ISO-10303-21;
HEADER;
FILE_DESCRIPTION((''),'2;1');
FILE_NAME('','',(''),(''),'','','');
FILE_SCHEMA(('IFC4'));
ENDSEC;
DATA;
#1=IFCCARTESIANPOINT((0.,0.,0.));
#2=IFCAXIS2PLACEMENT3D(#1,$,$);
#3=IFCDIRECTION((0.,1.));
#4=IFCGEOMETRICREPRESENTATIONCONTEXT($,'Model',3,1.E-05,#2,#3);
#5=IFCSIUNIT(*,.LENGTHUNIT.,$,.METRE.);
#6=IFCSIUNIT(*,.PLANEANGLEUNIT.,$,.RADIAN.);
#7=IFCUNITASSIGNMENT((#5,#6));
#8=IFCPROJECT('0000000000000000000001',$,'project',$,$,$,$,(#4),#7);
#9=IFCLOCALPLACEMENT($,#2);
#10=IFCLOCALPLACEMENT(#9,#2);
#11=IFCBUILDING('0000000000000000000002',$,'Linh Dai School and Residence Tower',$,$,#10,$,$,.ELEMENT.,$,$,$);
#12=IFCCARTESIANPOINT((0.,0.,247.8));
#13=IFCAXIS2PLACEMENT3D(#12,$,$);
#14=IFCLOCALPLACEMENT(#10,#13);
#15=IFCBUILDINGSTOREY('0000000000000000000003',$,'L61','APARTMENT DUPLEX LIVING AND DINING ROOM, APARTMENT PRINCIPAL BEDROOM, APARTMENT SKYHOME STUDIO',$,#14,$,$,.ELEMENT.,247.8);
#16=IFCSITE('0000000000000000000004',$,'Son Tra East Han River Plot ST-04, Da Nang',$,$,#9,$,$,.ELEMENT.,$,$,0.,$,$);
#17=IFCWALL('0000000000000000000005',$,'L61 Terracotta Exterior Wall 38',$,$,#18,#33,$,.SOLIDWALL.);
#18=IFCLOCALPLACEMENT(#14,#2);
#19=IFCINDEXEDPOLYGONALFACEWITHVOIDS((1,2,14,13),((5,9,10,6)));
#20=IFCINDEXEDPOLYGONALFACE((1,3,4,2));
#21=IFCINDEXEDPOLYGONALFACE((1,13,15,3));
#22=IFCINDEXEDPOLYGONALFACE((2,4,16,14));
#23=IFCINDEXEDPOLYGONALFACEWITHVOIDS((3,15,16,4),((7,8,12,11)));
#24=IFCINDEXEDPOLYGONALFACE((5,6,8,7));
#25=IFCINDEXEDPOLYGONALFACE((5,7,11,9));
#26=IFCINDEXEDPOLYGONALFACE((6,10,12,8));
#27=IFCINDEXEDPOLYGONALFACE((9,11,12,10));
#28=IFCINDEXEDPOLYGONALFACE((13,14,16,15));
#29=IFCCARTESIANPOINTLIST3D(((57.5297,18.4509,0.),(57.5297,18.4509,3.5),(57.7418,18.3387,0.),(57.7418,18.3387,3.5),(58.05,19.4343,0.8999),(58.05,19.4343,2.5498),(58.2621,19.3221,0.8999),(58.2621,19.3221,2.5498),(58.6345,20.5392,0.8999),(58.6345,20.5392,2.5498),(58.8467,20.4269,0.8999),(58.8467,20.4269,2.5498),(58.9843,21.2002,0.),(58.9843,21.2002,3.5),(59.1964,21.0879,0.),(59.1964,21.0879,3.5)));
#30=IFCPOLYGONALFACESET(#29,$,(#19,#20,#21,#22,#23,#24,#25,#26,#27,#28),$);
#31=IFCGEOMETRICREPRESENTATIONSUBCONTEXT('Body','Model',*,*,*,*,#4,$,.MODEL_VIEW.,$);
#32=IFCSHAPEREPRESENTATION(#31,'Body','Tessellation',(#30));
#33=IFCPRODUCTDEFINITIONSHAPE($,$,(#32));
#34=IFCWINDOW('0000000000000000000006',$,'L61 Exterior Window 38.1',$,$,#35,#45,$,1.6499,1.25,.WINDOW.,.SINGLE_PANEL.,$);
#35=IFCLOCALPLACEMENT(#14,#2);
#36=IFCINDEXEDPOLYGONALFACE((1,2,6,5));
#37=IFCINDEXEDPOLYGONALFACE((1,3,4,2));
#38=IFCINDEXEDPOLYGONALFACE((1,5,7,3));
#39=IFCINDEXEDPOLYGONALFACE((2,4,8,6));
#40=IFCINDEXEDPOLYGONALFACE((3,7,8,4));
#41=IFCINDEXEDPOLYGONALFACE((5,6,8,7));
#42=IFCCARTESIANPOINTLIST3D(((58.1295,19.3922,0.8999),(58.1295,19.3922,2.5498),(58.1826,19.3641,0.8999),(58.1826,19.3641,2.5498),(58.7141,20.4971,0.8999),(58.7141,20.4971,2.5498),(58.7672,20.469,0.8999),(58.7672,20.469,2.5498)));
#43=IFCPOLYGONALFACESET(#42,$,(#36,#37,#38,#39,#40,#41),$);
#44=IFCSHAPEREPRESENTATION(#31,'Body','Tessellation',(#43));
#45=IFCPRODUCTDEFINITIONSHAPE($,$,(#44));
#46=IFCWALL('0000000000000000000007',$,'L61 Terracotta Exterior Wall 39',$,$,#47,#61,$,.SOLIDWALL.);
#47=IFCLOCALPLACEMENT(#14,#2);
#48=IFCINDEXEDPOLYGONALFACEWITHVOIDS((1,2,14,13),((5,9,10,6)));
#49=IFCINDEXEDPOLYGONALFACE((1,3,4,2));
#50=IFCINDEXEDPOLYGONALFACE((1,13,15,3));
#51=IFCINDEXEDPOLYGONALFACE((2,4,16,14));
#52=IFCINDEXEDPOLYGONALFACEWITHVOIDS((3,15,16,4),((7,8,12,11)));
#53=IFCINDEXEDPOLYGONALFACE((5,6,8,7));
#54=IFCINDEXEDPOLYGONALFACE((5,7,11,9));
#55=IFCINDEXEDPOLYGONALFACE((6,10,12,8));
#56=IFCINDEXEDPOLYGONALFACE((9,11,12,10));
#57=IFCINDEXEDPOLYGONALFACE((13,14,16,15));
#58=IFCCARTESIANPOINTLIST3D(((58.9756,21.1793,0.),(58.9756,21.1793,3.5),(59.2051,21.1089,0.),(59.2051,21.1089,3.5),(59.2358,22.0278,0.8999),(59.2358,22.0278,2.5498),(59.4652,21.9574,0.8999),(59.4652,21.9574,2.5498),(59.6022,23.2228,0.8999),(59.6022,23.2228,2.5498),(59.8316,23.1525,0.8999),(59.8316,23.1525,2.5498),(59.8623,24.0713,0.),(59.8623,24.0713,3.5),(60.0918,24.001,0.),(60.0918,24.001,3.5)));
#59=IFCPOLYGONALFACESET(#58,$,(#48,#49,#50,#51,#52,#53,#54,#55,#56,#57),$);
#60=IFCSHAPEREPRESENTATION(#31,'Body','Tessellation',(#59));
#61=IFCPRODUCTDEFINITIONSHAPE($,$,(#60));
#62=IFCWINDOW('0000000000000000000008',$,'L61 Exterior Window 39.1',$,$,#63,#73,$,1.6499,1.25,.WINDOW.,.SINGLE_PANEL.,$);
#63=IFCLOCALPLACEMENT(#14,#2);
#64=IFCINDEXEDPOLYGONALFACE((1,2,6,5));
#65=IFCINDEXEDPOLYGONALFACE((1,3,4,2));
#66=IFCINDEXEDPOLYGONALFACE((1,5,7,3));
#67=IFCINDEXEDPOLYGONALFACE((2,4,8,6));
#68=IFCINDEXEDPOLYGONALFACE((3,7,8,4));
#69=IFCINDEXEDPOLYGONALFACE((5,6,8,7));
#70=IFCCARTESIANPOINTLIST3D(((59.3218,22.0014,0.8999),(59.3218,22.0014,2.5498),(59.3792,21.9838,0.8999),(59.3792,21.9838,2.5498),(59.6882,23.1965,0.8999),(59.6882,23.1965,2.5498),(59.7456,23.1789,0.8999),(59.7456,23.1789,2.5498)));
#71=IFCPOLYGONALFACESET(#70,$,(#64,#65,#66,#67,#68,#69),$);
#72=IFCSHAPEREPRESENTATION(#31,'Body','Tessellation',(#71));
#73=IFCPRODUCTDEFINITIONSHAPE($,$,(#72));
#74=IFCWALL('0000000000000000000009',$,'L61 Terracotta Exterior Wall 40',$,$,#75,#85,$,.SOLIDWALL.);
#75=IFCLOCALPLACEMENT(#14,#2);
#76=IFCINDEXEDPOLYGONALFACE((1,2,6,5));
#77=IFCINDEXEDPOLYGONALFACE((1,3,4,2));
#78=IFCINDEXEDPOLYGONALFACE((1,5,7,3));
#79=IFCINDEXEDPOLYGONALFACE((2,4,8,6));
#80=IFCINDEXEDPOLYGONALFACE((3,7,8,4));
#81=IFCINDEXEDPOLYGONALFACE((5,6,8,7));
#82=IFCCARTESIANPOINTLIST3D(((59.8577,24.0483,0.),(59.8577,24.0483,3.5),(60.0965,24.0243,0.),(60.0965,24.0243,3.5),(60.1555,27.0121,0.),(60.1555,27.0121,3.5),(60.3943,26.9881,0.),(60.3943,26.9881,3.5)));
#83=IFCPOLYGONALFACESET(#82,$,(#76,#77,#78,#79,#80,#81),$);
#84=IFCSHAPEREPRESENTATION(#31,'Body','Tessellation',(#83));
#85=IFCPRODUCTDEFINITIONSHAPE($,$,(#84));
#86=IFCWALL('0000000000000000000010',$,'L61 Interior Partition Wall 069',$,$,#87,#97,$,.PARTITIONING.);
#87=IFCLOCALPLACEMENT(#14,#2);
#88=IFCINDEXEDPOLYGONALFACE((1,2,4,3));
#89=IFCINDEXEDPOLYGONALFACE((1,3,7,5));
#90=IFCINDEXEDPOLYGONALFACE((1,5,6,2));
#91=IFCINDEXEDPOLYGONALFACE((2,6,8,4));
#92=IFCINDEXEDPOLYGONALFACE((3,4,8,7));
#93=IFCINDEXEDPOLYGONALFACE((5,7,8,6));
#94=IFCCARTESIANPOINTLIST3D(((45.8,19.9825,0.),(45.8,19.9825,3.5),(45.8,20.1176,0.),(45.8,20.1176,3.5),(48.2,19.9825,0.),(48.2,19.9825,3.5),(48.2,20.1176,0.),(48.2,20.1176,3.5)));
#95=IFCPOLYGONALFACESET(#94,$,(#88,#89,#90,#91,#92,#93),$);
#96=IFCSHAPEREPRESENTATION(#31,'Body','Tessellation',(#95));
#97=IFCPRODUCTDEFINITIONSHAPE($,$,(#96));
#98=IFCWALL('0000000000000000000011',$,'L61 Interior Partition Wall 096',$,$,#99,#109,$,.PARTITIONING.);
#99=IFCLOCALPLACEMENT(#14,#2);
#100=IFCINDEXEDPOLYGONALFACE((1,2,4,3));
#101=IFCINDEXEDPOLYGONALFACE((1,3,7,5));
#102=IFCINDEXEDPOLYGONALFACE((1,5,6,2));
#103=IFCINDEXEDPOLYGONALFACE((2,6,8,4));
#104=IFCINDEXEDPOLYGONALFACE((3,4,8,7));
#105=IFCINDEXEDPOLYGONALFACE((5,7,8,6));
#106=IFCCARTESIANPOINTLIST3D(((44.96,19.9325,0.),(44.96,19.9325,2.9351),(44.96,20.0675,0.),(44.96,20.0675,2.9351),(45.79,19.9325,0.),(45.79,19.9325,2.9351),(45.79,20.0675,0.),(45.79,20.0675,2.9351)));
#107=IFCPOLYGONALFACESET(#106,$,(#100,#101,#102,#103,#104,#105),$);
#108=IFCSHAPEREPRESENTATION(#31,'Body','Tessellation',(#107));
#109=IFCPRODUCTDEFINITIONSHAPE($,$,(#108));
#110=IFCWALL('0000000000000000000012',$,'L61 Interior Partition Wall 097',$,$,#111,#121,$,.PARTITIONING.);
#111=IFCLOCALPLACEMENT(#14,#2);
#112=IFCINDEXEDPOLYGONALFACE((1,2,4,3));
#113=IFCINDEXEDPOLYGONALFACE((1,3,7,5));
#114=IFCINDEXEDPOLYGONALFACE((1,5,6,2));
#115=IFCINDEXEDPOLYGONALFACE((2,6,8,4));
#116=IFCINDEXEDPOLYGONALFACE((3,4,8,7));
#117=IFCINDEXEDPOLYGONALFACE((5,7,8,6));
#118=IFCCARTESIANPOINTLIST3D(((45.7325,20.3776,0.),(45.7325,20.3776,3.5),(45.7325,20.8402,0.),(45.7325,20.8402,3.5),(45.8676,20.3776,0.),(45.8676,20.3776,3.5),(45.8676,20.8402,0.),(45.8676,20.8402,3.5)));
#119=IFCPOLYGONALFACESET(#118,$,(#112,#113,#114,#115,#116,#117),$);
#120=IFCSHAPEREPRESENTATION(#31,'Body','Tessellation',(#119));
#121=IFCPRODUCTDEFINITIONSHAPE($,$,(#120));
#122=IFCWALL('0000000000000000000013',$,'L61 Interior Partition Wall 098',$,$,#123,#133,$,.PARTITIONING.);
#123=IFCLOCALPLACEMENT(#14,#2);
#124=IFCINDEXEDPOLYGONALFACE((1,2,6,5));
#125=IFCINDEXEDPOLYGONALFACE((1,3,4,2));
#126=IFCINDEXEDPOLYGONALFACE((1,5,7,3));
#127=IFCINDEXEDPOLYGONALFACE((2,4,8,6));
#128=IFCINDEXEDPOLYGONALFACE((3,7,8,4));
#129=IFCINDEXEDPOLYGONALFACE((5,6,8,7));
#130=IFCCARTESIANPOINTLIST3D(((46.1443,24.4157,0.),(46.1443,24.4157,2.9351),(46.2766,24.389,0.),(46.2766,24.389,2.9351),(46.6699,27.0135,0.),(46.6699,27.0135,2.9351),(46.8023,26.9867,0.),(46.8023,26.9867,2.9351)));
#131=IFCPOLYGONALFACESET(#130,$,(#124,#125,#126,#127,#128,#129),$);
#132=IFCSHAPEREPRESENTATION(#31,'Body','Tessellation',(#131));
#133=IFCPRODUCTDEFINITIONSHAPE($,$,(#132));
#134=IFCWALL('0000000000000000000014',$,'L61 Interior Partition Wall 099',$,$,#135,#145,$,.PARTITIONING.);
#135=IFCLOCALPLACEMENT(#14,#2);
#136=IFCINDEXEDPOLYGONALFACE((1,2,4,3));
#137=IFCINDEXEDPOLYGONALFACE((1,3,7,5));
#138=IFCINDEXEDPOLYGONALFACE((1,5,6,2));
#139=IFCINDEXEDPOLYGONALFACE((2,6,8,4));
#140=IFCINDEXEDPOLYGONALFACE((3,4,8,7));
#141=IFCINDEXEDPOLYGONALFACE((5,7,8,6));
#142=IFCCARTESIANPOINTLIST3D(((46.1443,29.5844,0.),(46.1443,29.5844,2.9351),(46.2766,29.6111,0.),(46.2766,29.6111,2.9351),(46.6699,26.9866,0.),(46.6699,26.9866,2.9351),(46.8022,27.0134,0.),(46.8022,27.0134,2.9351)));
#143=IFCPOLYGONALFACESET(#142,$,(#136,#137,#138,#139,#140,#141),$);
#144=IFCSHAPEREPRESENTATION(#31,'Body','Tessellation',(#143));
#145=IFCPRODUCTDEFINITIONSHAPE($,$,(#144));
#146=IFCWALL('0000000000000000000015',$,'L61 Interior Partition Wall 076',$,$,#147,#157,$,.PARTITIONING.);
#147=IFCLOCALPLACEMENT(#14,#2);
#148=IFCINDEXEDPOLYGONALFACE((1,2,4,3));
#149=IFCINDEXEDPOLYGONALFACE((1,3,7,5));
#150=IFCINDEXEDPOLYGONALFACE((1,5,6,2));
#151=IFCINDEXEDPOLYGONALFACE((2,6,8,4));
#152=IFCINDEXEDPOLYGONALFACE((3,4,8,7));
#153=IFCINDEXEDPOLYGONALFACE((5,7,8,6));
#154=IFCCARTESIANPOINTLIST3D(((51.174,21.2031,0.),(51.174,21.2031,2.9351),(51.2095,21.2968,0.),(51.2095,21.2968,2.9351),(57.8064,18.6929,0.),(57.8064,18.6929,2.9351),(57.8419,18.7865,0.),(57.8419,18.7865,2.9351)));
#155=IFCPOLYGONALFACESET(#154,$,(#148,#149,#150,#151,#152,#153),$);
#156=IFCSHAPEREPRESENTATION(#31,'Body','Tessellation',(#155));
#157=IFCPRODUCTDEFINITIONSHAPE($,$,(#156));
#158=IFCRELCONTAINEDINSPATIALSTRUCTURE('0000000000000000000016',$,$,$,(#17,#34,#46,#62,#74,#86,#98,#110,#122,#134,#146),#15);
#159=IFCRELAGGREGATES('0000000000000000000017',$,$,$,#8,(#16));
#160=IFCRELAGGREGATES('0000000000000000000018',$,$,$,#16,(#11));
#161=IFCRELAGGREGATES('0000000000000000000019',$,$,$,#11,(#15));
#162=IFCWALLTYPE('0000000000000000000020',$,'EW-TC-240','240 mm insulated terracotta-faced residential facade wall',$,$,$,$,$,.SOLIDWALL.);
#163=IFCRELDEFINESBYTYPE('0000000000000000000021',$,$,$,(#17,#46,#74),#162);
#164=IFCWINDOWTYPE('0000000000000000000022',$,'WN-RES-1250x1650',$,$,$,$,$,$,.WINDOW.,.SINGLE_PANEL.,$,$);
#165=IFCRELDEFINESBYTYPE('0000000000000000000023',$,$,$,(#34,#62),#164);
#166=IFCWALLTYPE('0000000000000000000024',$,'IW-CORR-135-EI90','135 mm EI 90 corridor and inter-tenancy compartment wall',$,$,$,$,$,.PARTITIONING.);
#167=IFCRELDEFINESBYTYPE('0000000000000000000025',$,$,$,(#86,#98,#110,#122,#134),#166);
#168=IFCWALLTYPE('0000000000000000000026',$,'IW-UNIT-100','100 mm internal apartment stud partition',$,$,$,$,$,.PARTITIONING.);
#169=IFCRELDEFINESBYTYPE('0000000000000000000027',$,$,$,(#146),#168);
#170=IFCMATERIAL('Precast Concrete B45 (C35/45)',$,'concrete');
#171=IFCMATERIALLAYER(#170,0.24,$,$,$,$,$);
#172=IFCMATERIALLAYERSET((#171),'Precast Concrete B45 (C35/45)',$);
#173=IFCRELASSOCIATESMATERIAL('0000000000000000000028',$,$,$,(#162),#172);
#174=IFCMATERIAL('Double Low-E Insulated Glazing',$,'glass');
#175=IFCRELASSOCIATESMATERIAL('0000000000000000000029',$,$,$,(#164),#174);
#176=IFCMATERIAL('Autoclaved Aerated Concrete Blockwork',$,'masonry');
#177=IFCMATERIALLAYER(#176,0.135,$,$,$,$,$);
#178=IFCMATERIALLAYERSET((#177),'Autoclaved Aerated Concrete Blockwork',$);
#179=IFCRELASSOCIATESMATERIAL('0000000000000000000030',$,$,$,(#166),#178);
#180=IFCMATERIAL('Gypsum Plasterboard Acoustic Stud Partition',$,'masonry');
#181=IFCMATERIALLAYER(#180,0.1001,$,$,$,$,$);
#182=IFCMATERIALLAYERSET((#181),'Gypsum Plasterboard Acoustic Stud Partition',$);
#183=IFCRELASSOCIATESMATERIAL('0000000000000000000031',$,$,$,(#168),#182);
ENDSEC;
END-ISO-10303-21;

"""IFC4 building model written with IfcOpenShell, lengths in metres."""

from ifc_helpers import new_model, si_unit, direction, frame, frame_2d, origin, origin_2d, place, context, subcontext, project, spatial, rectangle, extrude, source, transform, mapped, material, layer, layer_set, type_object, element, fill, save


model = new_model("IFC4")

# Units and contexts
model_context = context("Model", 3, precision=1e-05, world=origin(), true_north=direction((0.0, 1.0)))
body_context = subcontext(model_context, "Body", "Model", "MODEL_VIEW")
ifc_project = project(units=[si_unit("LENGTHUNIT", "METRE"), si_unit("PLANEANGLEUNIT", "RADIAN")], contexts=[model_context])

# Site, building, storey
site_placement = place(None, origin())
site = spatial("IfcSite", under=ifc_project, at=site_placement, Name="Son Tra East Han River Plot ST-04, Da Nang", CompositionType="ELEMENT", RefElevation=0.0)
building_placement = place(site_placement, origin())
building = spatial("IfcBuilding", under=site, at=building_placement, Name="Linh Dai School and Residence Tower", CompositionType="ELEMENT")
storey_placement = place(building_placement, frame((0.0, 0.0, 247.8)))
storey = spatial("IfcBuildingStorey", under=building, at=storey_placement, Name="L61", Description="APARTMENT DUPLEX LIVING AND DINING ROOM, APARTMENT PRINCIPAL BEDROOM, APARTMENT SKYHOME STUDIO", CompositionType="ELEMENT", Elevation=247.8)

# Walls, openings, windows
ifc_material_1 = material(Name="Precast Concrete B45 (C35/45)", Category="concrete")
ifc_layer_1 = layer(ifc_material_1, 0.24)
ifc_layer_set_1 = layer_set([ifc_layer_1], Name="Precast Concrete B45 (C35/45)")
wall_type_1 = type_object("IfcWallType", Name="EW-TC-240", Description="240 mm insulated terracotta-faced residential facade wall", PredefinedType="SOLIDWALL", material=ifc_layer_set_1)
wall_1_placement = place(storey_placement, frame((59.0903, 21.144, 0.0), z_axis=(0.0, 0.0, 1.0), x_axis=(-0.46766, -0.883908, 0.0)))
wall_1 = element("IfcWall", 1, at=wall_1_placement, inside=storey, type_object=wall_type_1, Name="L61 Terracotta Exterior Wall 38", PredefinedType="SOLIDWALL", context=body_context, shape_type="SweptSolid", body=[
    extrude(rectangle(XDim=3.1104, YDim=0.24, at=frame_2d((1.5552, 0.0))), origin(), (0.0, 0.0, 1.0), 3.5),
])
opening_1_placement = place(wall_1_placement, frame((0.7478, 0.0, 0.8999)))
opening_1 = element("IfcOpeningElement", 2, at=opening_1_placement, cuts=wall_1, PredefinedType="OPENING", context=body_context, shape_type="SweptSolid", body=[
    extrude(rectangle(XDim=1.25, YDim=1.6499, at=origin_2d()), frame((0.625, 0.1299, 0.825), z_axis=(0.0, -1.0, 0.0), x_axis=(1.0, 0.0, 0.0)), (0.0, 0.0, 1.0), 0.26),
])
ifc_material_2 = material(Name="Double Low-E Insulated Glazing", Category="glass")
window_type = type_object("IfcWindowType", Name="WN-RES-1250x1650", PartitioningType="SINGLE_PANEL", PredefinedType="WINDOW", material=ifc_material_2)
shared_shape_1 = source(origin(), body_context, "Body", "SweptSolid", [
    extrude(rectangle(XDim=1.25, YDim=1.6499, at=origin_2d()), frame((0.625, 0.03, 0.825), z_axis=(0.0, -1.0, 0.0), x_axis=(1.0, 0.0, 0.0)), (0.0, 0.0, 1.0), 0.0601),
])
window_1_placement = place(opening_1_placement, origin())
window_1 = element("IfcWindow", 3, at=window_1_placement, inside=storey, type_object=window_type, Name="L61 Exterior Window 38.1", OverallHeight=1.6499, OverallWidth=1.25, PartitioningType="SINGLE_PANEL", PredefinedType="WINDOW", context=body_context, shape_type="MappedRepresentation", body=[
    mapped(shared_shape_1, transform((0.0, 0.0, 0.0), x_axis=(1.0, 0.0, 0.0), y_axis=(0.0, 1.0, 0.0), z_axis=(0.0, 0.0, 1.0), scale=1.0)),
])
fill(opening_1, window_1)
wall_2_placement = place(storey_placement, frame((59.9771, 24.0361, 0.0), z_axis=(0.0, 0.0, 1.0), x_axis=(-0.293133, -0.956072, 0.0)))
wall_2 = element("IfcWall", 4, at=wall_2_placement, inside=storey, type_object=wall_type_1, Name="L61 Terracotta Exterior Wall 39", PredefinedType="SOLIDWALL", context=body_context, shape_type="SweptSolid", body=[
    extrude(rectangle(XDim=3.0249, YDim=0.24, at=frame_2d((1.5125, 0.0))), origin(), (0.0, 0.0, 1.0), 3.5),
])
opening_2_placement = place(wall_2_placement, frame((0.8875, 0.0, 0.8999)))
opening_2 = element("IfcOpeningElement", 5, at=opening_2_placement, cuts=wall_2, PredefinedType="OPENING", context=body_context, shape_type="SweptSolid", body=[
    extrude(rectangle(XDim=1.25, YDim=1.6499, at=origin_2d()), frame((0.625, 0.1299, 0.825), z_axis=(0.0, -1.0, 0.0), x_axis=(1.0, 0.0, 0.0)), (0.0, 0.0, 1.0), 0.26),
])
window_2_placement = place(opening_2_placement, origin())
window_2 = element("IfcWindow", 6, at=window_2_placement, inside=storey, type_object=window_type, Name="L61 Exterior Window 39.1", OverallHeight=1.6499, OverallWidth=1.25, PartitioningType="SINGLE_PANEL", PredefinedType="WINDOW", context=body_context, shape_type="MappedRepresentation", body=[
    mapped(shared_shape_1, transform((0.0, 0.0, 0.0), x_axis=(1.0, 0.0, 0.0), y_axis=(0.0, 1.0, 0.0), z_axis=(0.0, 0.0, 1.0), scale=1.0)),
])
fill(opening_2, window_2)

# Walls
wall_3_placement = place(storey_placement, frame((60.2749, 27.0, 0.0), z_axis=(0.0, 0.0, 1.0), x_axis=(-0.099991, -0.994988, 0.0)))
element("IfcWall", 7, at=wall_3_placement, inside=storey, type_object=wall_type_1, Name="L61 Terracotta Exterior Wall 40", PredefinedType="SOLIDWALL", context=body_context, shape_type="SweptSolid", body=[
    extrude(rectangle(XDim=2.9788, YDim=0.24, at=frame_2d((1.4893, 0.0))), origin(), (0.0, 0.0, 1.0), 3.5),
])
ifc_material_3 = material(Name="Autoclaved Aerated Concrete Blockwork", Category="masonry")
ifc_layer_2 = layer(ifc_material_3, 0.135)
ifc_layer_set_2 = layer_set([ifc_layer_2], Name="Autoclaved Aerated Concrete Blockwork")
wall_type_2 = type_object("IfcWallType", Name="IW-CORR-135-EI90", Description="135 mm EI 90 corridor and inter-tenancy compartment wall", PredefinedType="PARTITIONING", material=ifc_layer_set_2)
wall_4_placement = place(storey_placement, frame((45.8, 20.05, 0.0), z_axis=(0.0, 0.0, 1.0), x_axis=(1.0, 0.0, 0.0)))
element("IfcWall", 8, at=wall_4_placement, inside=storey, type_object=wall_type_2, Name="L61 Interior Partition Wall 069", PredefinedType="PARTITIONING", context=body_context, shape_type="SweptSolid", body=[
    extrude(rectangle(XDim=2.3999, YDim=0.135, at=frame_2d((1.2, 0.0))), origin(), (0.0, 0.0, 1.0), 3.5),
])
wall_5_placement = place(storey_placement, frame((44.96, 20.0, 0.0), z_axis=(0.0, 0.0, 1.0), x_axis=(1.0, 0.0, 0.0)))
element("IfcWall", 9, at=wall_5_placement, inside=storey, type_object=wall_type_2, Name="L61 Interior Partition Wall 096", PredefinedType="PARTITIONING", context=body_context, shape_type="SweptSolid", body=[
    extrude(rectangle(XDim=0.8301, YDim=0.135, at=frame_2d((0.415, 0.0))), origin(), (0.0, 0.0, 1.0), 2.9351),
])
wall_6_placement = place(storey_placement, frame((45.8, 20.3774, 0.0), z_axis=(0.0, 0.0, 1.0), x_axis=(0.0, 1.0, 0.0)))
element("IfcWall", 10, at=wall_6_placement, inside=storey, type_object=wall_type_2, Name="L61 Interior Partition Wall 097", PredefinedType="PARTITIONING", context=body_context, shape_type="SweptSolid", body=[
    extrude(rectangle(XDim=0.4626, YDim=0.135, at=frame_2d((0.2314, 0.0))), origin(), (0.0, 0.0, 1.0), 3.5),
])
for number, where, z_axis, x_axis, name in (
    (11, (46.2104, 24.4023, 0.0), (0.0, 0.0, 1.0), (0.19833, 0.980135, 0.0), "L61 Interior Partition Wall 098"),
    (12, (46.7361, 27.0, 0.0), (0.0, 0.0, 1.0), (-0.19833, 0.980135, 0.0), "L61 Interior Partition Wall 099"),
):
    element("IfcWall", number, at=place(storey_placement, frame(where, z_axis=z_axis, x_axis=x_axis)), inside=storey, type_object=wall_type_2, Name=name, PredefinedType="PARTITIONING", context=body_context, shape_type="SweptSolid", body=[
        extrude(rectangle(XDim=2.6504, YDim=0.135, at=frame_2d((1.3252, 0.0))), origin(), (0.0, 0.0, 1.0), 2.9351),
    ])
ifc_material_4 = material(Name="Gypsum Plasterboard Acoustic Stud Partition", Category="masonry")
ifc_layer_3 = layer(ifc_material_4, 0.1001)
ifc_layer_set_3 = layer_set([ifc_layer_3], Name="Gypsum Plasterboard Acoustic Stud Partition")
wall_type_3 = type_object("IfcWallType", Name="IW-UNIT-100", Description="100 mm internal apartment stud partition", PredefinedType="PARTITIONING", material=ifc_layer_set_3)
wall_7_placement = place(storey_placement, frame((51.1917, 21.25, 0.0), z_axis=(0.0, 0.0, 1.0), x_axis=(0.935252, -0.353982, 0.0)))
element("IfcWall", 13, at=wall_7_placement, inside=storey, type_object=wall_type_3, Name="L61 Interior Partition Wall 076", PredefinedType="PARTITIONING", context=body_context, shape_type="SweptSolid", body=[
    extrude(rectangle(XDim=7.0916, YDim=0.1001, at=frame_2d((3.5459, 0.0))), origin(), (0.0, 0.0, 1.0), 2.9351),
])

save(model, "model.ifc")
